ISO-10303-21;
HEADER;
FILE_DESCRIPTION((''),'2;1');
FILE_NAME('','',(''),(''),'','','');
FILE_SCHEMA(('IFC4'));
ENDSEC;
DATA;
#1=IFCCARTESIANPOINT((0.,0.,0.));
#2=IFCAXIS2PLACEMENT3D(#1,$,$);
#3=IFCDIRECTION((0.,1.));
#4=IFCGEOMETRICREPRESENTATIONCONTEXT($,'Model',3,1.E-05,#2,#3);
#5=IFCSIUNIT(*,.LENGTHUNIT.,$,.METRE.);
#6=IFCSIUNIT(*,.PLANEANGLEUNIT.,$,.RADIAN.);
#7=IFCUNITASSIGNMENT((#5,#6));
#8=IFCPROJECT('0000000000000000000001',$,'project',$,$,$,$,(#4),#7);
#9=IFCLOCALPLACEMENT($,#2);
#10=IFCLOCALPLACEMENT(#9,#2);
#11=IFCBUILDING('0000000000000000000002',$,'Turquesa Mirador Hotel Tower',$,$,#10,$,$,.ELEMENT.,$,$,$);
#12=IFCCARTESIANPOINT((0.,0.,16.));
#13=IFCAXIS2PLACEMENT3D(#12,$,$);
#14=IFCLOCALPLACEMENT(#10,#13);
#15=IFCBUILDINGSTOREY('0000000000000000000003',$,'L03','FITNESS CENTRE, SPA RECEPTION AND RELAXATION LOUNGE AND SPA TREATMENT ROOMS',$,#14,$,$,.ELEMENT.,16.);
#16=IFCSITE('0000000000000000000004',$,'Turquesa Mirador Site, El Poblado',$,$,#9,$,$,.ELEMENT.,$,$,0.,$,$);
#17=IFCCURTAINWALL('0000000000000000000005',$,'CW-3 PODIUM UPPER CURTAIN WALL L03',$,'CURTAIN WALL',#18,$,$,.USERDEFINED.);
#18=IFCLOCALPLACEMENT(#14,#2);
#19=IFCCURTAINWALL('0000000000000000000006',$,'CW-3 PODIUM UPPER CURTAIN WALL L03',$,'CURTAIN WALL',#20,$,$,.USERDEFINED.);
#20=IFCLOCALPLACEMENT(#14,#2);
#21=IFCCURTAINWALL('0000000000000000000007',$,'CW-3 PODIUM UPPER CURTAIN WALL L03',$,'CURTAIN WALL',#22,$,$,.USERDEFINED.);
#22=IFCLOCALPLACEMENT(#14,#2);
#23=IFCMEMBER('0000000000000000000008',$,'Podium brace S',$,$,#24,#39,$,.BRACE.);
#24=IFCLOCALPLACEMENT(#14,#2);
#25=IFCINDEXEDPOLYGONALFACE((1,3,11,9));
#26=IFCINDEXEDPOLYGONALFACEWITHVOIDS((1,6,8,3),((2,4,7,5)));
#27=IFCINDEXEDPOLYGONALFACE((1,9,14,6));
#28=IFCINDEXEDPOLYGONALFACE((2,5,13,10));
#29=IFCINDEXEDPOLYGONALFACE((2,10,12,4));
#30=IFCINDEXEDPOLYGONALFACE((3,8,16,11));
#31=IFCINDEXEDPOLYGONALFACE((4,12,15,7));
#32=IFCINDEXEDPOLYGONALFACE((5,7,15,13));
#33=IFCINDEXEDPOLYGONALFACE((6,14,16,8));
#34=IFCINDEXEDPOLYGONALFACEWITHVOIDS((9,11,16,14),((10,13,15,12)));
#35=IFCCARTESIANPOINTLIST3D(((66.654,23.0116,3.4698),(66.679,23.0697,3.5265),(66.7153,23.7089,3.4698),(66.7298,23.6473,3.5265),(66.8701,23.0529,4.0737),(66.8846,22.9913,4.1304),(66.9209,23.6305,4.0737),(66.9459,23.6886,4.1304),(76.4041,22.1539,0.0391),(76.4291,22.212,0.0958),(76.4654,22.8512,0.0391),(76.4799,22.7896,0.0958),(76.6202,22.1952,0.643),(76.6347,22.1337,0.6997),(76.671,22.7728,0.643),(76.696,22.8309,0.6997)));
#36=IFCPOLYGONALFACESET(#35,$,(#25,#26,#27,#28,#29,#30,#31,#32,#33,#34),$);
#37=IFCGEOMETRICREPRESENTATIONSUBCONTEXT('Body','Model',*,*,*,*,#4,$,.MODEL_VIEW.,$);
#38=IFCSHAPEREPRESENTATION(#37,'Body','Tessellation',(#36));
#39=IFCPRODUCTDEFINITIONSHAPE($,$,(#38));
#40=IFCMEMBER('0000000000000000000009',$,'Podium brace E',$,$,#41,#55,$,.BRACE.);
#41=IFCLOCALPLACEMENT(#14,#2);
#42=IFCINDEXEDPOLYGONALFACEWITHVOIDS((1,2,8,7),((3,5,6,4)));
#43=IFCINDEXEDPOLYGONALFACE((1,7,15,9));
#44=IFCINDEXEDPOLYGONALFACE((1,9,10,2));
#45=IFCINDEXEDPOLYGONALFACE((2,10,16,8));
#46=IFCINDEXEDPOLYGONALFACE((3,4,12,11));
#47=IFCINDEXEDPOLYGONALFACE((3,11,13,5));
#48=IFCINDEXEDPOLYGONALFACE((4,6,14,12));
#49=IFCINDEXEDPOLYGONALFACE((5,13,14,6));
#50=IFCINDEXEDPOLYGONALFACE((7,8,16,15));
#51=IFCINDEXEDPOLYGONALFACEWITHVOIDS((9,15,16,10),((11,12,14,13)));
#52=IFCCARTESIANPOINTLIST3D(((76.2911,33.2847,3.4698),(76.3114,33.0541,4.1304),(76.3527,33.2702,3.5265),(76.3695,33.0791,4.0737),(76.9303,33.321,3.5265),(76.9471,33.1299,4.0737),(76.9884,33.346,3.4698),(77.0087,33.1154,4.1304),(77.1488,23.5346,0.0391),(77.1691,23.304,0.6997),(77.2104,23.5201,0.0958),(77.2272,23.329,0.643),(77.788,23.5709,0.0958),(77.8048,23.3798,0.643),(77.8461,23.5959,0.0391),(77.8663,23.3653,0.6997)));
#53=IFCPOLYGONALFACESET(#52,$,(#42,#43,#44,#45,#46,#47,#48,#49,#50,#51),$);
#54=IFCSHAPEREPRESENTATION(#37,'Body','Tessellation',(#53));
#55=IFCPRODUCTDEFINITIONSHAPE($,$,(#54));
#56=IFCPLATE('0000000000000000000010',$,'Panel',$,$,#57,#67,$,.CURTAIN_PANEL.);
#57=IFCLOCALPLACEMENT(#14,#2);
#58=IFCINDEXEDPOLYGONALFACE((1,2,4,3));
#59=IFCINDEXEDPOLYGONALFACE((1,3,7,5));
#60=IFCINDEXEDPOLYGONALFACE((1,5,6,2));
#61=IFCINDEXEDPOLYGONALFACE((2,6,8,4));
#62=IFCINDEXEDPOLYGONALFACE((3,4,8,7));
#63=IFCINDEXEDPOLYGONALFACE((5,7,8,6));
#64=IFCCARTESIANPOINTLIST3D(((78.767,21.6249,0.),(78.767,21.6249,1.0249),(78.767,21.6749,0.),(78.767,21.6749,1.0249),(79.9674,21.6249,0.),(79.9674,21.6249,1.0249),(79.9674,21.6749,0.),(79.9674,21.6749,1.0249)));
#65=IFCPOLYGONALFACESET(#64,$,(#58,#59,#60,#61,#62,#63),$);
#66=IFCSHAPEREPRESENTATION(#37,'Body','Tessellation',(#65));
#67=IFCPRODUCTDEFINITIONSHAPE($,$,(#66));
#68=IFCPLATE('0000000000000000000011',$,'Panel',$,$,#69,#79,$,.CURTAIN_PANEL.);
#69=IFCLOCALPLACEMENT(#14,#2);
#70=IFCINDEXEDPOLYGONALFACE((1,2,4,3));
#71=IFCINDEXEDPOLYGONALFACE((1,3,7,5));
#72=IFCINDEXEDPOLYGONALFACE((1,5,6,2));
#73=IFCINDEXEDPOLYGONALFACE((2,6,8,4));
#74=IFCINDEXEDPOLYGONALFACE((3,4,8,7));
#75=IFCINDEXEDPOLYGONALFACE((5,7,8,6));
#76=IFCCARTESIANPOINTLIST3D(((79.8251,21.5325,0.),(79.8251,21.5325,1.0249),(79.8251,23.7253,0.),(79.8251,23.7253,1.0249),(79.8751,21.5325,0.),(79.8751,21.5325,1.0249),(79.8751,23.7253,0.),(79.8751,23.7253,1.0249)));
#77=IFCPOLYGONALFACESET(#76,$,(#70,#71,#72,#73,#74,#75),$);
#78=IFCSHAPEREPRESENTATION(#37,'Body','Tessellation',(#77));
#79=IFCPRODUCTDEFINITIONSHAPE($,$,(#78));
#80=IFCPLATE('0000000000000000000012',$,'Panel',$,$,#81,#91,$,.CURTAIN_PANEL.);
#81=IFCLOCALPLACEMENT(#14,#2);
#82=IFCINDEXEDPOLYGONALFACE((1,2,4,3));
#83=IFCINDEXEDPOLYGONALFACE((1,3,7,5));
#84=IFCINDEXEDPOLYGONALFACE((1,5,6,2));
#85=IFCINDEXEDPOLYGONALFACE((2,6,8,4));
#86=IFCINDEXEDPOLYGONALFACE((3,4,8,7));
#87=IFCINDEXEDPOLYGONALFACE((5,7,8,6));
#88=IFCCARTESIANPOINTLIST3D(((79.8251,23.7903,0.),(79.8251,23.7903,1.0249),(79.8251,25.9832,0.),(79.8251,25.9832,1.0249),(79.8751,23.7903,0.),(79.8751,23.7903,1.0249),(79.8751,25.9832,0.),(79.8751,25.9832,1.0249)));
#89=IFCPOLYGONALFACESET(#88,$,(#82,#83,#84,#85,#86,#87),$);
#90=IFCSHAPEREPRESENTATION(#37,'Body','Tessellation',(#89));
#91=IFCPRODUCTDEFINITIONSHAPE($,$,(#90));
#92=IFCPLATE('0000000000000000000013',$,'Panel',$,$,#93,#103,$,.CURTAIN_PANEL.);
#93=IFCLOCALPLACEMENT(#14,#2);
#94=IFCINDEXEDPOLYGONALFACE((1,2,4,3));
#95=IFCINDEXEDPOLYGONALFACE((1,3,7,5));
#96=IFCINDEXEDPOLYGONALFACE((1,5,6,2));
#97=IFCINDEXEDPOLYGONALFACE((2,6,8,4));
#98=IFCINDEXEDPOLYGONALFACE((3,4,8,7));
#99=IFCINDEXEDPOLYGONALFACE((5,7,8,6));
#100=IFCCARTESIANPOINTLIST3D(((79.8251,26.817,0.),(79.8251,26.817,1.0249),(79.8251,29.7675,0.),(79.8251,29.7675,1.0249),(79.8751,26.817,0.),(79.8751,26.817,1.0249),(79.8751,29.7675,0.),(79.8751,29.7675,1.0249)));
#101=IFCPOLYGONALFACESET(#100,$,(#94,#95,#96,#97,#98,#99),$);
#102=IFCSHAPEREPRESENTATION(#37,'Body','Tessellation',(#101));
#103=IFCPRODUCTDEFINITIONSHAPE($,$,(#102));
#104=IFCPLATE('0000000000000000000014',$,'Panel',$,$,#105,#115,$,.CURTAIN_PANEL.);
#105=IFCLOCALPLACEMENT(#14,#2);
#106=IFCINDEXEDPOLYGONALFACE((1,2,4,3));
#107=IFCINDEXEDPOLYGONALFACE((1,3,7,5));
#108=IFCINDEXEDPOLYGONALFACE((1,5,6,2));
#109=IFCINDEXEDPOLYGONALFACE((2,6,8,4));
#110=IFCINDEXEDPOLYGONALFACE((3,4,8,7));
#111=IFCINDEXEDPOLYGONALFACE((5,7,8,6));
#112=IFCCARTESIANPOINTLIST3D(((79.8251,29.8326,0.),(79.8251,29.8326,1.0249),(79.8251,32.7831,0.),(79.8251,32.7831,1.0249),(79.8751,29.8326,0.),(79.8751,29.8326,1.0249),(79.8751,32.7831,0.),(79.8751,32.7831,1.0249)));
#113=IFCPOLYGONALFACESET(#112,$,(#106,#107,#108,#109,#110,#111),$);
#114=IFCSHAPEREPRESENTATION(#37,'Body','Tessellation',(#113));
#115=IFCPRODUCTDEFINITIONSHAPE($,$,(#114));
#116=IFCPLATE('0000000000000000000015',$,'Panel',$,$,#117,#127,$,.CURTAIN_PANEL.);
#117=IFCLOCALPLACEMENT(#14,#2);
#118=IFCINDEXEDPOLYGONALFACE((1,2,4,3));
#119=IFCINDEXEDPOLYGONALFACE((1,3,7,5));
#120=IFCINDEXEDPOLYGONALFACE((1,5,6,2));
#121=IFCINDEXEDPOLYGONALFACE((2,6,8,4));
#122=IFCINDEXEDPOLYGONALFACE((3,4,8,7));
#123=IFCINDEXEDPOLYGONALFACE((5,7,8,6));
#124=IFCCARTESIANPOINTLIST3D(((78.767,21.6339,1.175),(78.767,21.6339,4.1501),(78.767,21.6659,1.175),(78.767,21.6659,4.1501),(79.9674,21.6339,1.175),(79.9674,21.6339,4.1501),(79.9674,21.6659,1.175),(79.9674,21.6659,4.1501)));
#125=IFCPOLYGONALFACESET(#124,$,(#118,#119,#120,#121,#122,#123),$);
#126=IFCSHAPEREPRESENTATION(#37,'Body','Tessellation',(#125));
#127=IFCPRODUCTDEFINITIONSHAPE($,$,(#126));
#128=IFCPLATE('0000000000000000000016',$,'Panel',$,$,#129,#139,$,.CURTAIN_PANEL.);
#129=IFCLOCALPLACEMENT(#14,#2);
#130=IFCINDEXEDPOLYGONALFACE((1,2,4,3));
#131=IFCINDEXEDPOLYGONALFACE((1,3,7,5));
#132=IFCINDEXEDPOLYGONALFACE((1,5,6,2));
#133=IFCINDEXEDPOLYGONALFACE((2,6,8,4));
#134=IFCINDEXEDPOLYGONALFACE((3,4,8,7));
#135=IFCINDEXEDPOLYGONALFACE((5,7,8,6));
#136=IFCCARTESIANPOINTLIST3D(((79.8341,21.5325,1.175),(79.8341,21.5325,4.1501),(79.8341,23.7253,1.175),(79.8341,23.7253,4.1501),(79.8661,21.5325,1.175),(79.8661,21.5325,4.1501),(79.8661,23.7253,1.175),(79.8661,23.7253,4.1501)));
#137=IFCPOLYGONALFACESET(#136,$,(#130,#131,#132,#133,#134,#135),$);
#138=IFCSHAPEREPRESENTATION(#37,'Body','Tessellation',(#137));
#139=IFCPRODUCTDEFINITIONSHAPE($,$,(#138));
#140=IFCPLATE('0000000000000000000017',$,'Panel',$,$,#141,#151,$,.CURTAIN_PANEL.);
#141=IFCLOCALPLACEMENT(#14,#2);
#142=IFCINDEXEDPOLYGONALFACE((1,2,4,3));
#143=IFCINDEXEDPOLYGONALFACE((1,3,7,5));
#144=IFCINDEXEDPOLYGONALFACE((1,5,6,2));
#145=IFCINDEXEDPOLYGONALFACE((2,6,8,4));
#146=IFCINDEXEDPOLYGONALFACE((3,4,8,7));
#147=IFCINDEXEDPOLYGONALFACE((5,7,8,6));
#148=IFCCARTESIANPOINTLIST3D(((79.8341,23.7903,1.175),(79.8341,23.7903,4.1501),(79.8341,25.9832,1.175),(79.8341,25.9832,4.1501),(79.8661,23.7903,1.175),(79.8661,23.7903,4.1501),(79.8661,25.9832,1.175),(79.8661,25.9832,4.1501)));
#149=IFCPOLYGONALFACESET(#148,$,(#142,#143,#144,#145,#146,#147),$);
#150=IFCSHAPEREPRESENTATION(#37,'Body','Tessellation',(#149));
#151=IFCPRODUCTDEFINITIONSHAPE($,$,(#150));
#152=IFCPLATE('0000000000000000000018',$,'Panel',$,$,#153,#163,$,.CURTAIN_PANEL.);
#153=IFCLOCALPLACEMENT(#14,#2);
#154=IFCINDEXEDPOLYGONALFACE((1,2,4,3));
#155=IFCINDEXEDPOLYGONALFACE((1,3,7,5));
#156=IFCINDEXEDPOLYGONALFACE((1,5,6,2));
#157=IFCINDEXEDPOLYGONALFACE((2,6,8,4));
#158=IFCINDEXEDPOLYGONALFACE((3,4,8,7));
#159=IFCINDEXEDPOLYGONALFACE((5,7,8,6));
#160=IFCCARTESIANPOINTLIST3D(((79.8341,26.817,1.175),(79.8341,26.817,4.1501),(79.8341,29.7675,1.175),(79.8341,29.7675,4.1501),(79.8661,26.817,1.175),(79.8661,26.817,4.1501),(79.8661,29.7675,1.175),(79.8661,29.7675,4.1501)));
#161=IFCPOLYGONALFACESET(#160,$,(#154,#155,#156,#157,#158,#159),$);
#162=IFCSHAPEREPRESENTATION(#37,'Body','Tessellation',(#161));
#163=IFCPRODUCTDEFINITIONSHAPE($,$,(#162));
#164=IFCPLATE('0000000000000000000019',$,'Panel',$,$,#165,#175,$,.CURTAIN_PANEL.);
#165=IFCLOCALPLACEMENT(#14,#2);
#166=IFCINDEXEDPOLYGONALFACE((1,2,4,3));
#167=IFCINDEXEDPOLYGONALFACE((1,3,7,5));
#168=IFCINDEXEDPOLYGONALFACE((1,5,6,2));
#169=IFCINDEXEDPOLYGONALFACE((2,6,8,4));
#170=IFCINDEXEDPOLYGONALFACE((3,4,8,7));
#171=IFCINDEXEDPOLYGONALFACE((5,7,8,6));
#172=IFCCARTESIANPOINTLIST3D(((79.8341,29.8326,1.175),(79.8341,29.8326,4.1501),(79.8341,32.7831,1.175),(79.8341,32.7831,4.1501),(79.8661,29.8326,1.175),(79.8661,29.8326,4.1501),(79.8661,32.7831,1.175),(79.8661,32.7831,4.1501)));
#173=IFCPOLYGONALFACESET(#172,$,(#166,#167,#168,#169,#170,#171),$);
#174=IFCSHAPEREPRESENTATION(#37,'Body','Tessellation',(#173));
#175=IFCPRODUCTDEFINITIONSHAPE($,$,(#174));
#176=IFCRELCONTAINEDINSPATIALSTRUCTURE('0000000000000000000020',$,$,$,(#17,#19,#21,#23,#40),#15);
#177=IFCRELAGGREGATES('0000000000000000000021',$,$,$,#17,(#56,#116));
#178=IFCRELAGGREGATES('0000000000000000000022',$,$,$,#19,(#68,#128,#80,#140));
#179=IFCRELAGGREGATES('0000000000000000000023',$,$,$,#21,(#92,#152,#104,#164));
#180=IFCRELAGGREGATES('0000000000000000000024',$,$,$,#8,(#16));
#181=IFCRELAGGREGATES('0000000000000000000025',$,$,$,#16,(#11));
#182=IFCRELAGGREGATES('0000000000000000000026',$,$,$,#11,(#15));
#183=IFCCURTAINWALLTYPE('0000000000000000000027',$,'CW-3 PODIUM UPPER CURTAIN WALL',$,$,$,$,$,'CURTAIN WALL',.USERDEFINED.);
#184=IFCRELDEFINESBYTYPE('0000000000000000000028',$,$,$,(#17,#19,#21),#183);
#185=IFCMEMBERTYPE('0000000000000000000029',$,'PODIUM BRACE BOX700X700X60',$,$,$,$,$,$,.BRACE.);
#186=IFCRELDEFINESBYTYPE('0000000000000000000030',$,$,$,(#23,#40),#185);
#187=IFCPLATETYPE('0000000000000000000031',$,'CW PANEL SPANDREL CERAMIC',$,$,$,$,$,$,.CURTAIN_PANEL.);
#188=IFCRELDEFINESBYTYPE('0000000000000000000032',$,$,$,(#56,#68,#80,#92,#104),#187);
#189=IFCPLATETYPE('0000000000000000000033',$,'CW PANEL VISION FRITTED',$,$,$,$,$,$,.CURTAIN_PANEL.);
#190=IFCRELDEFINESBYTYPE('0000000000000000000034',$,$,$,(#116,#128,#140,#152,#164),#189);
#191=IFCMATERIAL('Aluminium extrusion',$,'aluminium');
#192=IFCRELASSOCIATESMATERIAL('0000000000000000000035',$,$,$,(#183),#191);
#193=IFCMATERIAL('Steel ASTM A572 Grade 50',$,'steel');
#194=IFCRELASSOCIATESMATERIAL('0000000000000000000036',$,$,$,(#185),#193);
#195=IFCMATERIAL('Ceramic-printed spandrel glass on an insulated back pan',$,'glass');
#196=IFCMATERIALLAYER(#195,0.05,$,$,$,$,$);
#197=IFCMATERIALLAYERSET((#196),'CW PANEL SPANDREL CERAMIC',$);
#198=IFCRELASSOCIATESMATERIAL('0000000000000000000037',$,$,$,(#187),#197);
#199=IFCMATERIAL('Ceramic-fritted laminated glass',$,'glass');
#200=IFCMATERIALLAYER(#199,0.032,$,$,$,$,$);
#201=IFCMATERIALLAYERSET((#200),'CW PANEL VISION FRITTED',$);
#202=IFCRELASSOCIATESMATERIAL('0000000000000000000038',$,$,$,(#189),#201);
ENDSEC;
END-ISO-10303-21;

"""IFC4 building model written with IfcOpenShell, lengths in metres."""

from ifc_helpers import new_model, si_unit, direction, frame, origin, origin_2d, place, context, subcontext, project, spatial, rectangle, hollow_rectangle, extrude, material, layer, layer_set, material_profile, profile_set, type_object, element, aggregate, save


model = new_model("IFC4")

# Units and contexts
model_context = context("Model", 3, precision=1e-05, world=origin(), true_north=direction((0.0, 1.0)))
body_context = subcontext(model_context, "Body", "Model", "MODEL_VIEW")
ifc_project = project(units=[si_unit("LENGTHUNIT", "METRE"), si_unit("PLANEANGLEUNIT", "RADIAN")], contexts=[model_context])

# Site, building, storey
site_placement = place(None, origin())
site = spatial("IfcSite", under=ifc_project, at=site_placement, Name="Turquesa Mirador Site, El Poblado", CompositionType="ELEMENT", RefElevation=0.0)
building_placement = place(site_placement, origin())
building = spatial("IfcBuilding", under=site, at=building_placement, Name="Turquesa Mirador Hotel Tower", CompositionType="ELEMENT")
storey_placement = place(building_placement, frame((0.0, 0.0, 16.0)))
storey = spatial("IfcBuildingStorey", under=building, at=storey_placement, Name="L03", Description="FITNESS CENTRE, SPA RECEPTION AND RELAXATION LOUNGE AND SPA TREATMENT ROOMS", CompositionType="ELEMENT", Elevation=16.0)

# Curtain walls
ifc_material_1 = material(Name="Aluminium extrusion", Category="aluminium")
curtain_wall_type = type_object("IfcCurtainWallType", Name="CW-3 PODIUM UPPER CURTAIN WALL", ElementType="CURTAIN WALL", PredefinedType="USERDEFINED", material=ifc_material_1)
curtain_wall_1_placement = place(storey_placement, origin())
curtain_wall_1 = element("IfcCurtainWall", 1, at=curtain_wall_1_placement, inside=storey, type_object=curtain_wall_type, Name="CW-3 PODIUM UPPER CURTAIN WALL L03", ObjectType="CURTAIN WALL", PredefinedType="USERDEFINED")
curtain_wall_2_placement = place(storey_placement, origin())
curtain_wall_2 = element("IfcCurtainWall", 2, at=curtain_wall_2_placement, inside=storey, type_object=curtain_wall_type, Name="CW-3 PODIUM UPPER CURTAIN WALL L03", ObjectType="CURTAIN WALL", PredefinedType="USERDEFINED")
curtain_wall_3_placement = place(storey_placement, origin())
curtain_wall_3 = element("IfcCurtainWall", 3, at=curtain_wall_3_placement, inside=storey, type_object=curtain_wall_type, Name="CW-3 PODIUM UPPER CURTAIN WALL L03", ObjectType="CURTAIN WALL", PredefinedType="USERDEFINED")

# Members
ifc_material_2 = material(Name="Steel ASTM A572 Grade 50", Category="steel")
ifc_material_profile_1 = material_profile(ifc_material_2, hollow_rectangle(XDim=0.7, YDim=0.7, WallThickness=0.0601, at=origin_2d()), Name="BOX700X700X60")
ifc_profile_set_1 = profile_set([ifc_material_profile_1], Name="Steel ASTM A572 Grade 50")
member_type_1 = type_object("IfcMemberType", Name="PODIUM BRACE BOX700X700X60", PredefinedType="BRACE", material=ifc_profile_set_1)
for number, where, z_axis, x_axis, name in (
    (4, (76.55, 22.4924, 0.3694), (-0.940078, 0.082695, 0.330779), (-0.087627, -0.996153, 0.0), "Podium brace S"),
    (5, (77.5076, 23.45, 0.3694), (-0.082695, 0.940078, 0.330779), (-0.996153, -0.087627, 0.0), "Podium brace E"),
):
    element("IfcMember", number, at=place(storey_placement, frame(where, z_axis=z_axis, x_axis=x_axis)), inside=storey, type_object=member_type_1, Name=name, PredefinedType="BRACE", context=body_context, shape_type="SweptSolid", body=[
        extrude(hollow_rectangle(XDim=0.7, YDim=0.7, WallThickness=0.0601, at=origin_2d()), origin(), (0.0, 0.0, 1.0), 10.3716),
    ])

# Plates
ifc_material_3 = material(Name="Ceramic-printed spandrel glass on an insulated back pan", Category="glass")
ifc_layer_1 = layer(ifc_material_3, 0.05)
ifc_layer_set_1 = layer_set([ifc_layer_1], Name="CW PANEL SPANDREL CERAMIC")
plate_type_1 = type_object("IfcPlateType", Name="CW PANEL SPANDREL CERAMIC", PredefinedType="CURTAIN_PANEL", material=ifc_layer_set_1)
plate_1_placement = place(storey_placement, frame((79.3672, 21.6499, 0.0), z_axis=(0.0, 0.0, 1.0), x_axis=(1.0, 0.0, 0.0)))
plate_1 = element("IfcPlate", 6, at=plate_1_placement, type_object=plate_type_1, Name="Panel", PredefinedType="CURTAIN_PANEL", context=body_context, shape_type="SweptSolid", body=[
    extrude(rectangle(XDim=1.2004, YDim=0.05, at=origin_2d()), origin(), (0.0, 0.0, 1.0), 1.0249),
])
plate_2_placement = place(storey_placement, frame((79.8501, 22.6289, 0.0), z_axis=(0.0, 0.0, 1.0), x_axis=(0.0, 1.0, 0.0)))
plate_2 = element("IfcPlate", 7, at=plate_2_placement, type_object=plate_type_1, Name="Panel", PredefinedType="CURTAIN_PANEL", context=body_context, shape_type="SweptSolid", body=[
    extrude(rectangle(XDim=2.1929, YDim=0.05, at=origin_2d()), origin(), (0.0, 0.0, 1.0), 1.0249),
])
plate_3_placement = place(storey_placement, frame((79.8501, 24.8867, 0.0), z_axis=(0.0, 0.0, 1.0), x_axis=(0.0, 1.0, 0.0)))
plate_3 = element("IfcPlate", 8, at=plate_3_placement, type_object=plate_type_1, Name="Panel", PredefinedType="CURTAIN_PANEL", context=body_context, shape_type="SweptSolid", body=[
    extrude(rectangle(XDim=2.1929, YDim=0.05, at=origin_2d()), origin(), (0.0, 0.0, 1.0), 1.0249),
])
plate_4_placement = place(storey_placement, frame((79.8501, 28.2922, 0.0), z_axis=(0.0, 0.0, 1.0), x_axis=(0.0, 1.0, 0.0)))
plate_4 = element("IfcPlate", 9, at=plate_4_placement, type_object=plate_type_1, Name="Panel", PredefinedType="CURTAIN_PANEL", context=body_context, shape_type="SweptSolid", body=[
    extrude(rectangle(XDim=2.9504, YDim=0.05, at=origin_2d()), origin(), (0.0, 0.0, 1.0), 1.0249),
])
plate_5_placement = place(storey_placement, frame((79.8501, 31.3079, 0.0), z_axis=(0.0, 0.0, 1.0), x_axis=(0.0, 1.0, 0.0)))
plate_5 = element("IfcPlate", 10, at=plate_5_placement, type_object=plate_type_1, Name="Panel", PredefinedType="CURTAIN_PANEL", context=body_context, shape_type="SweptSolid", body=[
    extrude(rectangle(XDim=2.9504, YDim=0.05, at=origin_2d()), origin(), (0.0, 0.0, 1.0), 1.0249),
])
ifc_material_4 = material(Name="Ceramic-fritted laminated glass", Category="glass")
ifc_layer_2 = layer(ifc_material_4, 0.032)
ifc_layer_set_2 = layer_set([ifc_layer_2], Name="CW PANEL VISION FRITTED")
plate_type_2 = type_object("IfcPlateType", Name="CW PANEL VISION FRITTED", PredefinedType="CURTAIN_PANEL", material=ifc_layer_set_2)
plate_6_placement = place(storey_placement, frame((79.3672, 21.6499, 1.175), z_axis=(0.0, 0.0, 1.0), x_axis=(1.0, 0.0, 0.0)))
plate_6 = element("IfcPlate", 11, at=plate_6_placement, type_object=plate_type_2, Name="Panel", PredefinedType="CURTAIN_PANEL", context=body_context, shape_type="SweptSolid", body=[
    extrude(rectangle(XDim=1.2004, YDim=0.032, at=origin_2d()), origin(), (0.0, 0.0, 1.0), 2.9751),
])
aggregate(curtain_wall_1, [plate_1, plate_6])
plate_7_placement = place(storey_placement, frame((79.8501, 22.6289, 1.175), z_axis=(0.0, 0.0, 1.0), x_axis=(0.0, 1.0, 0.0)))
plate_7 = element("IfcPlate", 12, at=plate_7_placement, type_object=plate_type_2, Name="Panel", PredefinedType="CURTAIN_PANEL", context=body_context, shape_type="SweptSolid", body=[
    extrude(rectangle(XDim=2.1929, YDim=0.032, at=origin_2d()), origin(), (0.0, 0.0, 1.0), 2.9751),
])
plate_8_placement = place(storey_placement, frame((79.8501, 24.8867, 1.175), z_axis=(0.0, 0.0, 1.0), x_axis=(0.0, 1.0, 0.0)))
plate_8 = element("IfcPlate", 13, at=plate_8_placement, type_object=plate_type_2, Name="Panel", PredefinedType="CURTAIN_PANEL", context=body_context, shape_type="SweptSolid", body=[
    extrude(rectangle(XDim=2.1929, YDim=0.032, at=origin_2d()), origin(), (0.0, 0.0, 1.0), 2.9751),
])
aggregate(curtain_wall_2, [plate_2, plate_7, plate_3, plate_8])
plate_9_placement = place(storey_placement, frame((79.8501, 28.2922, 1.175), z_axis=(0.0, 0.0, 1.0), x_axis=(0.0, 1.0, 0.0)))
plate_9 = element("IfcPlate", 14, at=plate_9_placement, type_object=plate_type_2, Name="Panel", PredefinedType="CURTAIN_PANEL", context=body_context, shape_type="SweptSolid", body=[
    extrude(rectangle(XDim=2.9504, YDim=0.032, at=origin_2d()), origin(), (0.0, 0.0, 1.0), 2.9751),
])
plate_10_placement = place(storey_placement, frame((79.8501, 31.3079, 1.175), z_axis=(0.0, 0.0, 1.0), x_axis=(0.0, 1.0, 0.0)))
plate_10 = element("IfcPlate", 15, at=plate_10_placement, type_object=plate_type_2, Name="Panel", PredefinedType="CURTAIN_PANEL", context=body_context, shape_type="SweptSolid", body=[
    extrude(rectangle(XDim=2.9504, YDim=0.032, at=origin_2d()), origin(), (0.0, 0.0, 1.0), 2.9751),
])
aggregate(curtain_wall_3, [plate_4, plate_9, plate_5, plate_10])

save(model, "model.ifc")
